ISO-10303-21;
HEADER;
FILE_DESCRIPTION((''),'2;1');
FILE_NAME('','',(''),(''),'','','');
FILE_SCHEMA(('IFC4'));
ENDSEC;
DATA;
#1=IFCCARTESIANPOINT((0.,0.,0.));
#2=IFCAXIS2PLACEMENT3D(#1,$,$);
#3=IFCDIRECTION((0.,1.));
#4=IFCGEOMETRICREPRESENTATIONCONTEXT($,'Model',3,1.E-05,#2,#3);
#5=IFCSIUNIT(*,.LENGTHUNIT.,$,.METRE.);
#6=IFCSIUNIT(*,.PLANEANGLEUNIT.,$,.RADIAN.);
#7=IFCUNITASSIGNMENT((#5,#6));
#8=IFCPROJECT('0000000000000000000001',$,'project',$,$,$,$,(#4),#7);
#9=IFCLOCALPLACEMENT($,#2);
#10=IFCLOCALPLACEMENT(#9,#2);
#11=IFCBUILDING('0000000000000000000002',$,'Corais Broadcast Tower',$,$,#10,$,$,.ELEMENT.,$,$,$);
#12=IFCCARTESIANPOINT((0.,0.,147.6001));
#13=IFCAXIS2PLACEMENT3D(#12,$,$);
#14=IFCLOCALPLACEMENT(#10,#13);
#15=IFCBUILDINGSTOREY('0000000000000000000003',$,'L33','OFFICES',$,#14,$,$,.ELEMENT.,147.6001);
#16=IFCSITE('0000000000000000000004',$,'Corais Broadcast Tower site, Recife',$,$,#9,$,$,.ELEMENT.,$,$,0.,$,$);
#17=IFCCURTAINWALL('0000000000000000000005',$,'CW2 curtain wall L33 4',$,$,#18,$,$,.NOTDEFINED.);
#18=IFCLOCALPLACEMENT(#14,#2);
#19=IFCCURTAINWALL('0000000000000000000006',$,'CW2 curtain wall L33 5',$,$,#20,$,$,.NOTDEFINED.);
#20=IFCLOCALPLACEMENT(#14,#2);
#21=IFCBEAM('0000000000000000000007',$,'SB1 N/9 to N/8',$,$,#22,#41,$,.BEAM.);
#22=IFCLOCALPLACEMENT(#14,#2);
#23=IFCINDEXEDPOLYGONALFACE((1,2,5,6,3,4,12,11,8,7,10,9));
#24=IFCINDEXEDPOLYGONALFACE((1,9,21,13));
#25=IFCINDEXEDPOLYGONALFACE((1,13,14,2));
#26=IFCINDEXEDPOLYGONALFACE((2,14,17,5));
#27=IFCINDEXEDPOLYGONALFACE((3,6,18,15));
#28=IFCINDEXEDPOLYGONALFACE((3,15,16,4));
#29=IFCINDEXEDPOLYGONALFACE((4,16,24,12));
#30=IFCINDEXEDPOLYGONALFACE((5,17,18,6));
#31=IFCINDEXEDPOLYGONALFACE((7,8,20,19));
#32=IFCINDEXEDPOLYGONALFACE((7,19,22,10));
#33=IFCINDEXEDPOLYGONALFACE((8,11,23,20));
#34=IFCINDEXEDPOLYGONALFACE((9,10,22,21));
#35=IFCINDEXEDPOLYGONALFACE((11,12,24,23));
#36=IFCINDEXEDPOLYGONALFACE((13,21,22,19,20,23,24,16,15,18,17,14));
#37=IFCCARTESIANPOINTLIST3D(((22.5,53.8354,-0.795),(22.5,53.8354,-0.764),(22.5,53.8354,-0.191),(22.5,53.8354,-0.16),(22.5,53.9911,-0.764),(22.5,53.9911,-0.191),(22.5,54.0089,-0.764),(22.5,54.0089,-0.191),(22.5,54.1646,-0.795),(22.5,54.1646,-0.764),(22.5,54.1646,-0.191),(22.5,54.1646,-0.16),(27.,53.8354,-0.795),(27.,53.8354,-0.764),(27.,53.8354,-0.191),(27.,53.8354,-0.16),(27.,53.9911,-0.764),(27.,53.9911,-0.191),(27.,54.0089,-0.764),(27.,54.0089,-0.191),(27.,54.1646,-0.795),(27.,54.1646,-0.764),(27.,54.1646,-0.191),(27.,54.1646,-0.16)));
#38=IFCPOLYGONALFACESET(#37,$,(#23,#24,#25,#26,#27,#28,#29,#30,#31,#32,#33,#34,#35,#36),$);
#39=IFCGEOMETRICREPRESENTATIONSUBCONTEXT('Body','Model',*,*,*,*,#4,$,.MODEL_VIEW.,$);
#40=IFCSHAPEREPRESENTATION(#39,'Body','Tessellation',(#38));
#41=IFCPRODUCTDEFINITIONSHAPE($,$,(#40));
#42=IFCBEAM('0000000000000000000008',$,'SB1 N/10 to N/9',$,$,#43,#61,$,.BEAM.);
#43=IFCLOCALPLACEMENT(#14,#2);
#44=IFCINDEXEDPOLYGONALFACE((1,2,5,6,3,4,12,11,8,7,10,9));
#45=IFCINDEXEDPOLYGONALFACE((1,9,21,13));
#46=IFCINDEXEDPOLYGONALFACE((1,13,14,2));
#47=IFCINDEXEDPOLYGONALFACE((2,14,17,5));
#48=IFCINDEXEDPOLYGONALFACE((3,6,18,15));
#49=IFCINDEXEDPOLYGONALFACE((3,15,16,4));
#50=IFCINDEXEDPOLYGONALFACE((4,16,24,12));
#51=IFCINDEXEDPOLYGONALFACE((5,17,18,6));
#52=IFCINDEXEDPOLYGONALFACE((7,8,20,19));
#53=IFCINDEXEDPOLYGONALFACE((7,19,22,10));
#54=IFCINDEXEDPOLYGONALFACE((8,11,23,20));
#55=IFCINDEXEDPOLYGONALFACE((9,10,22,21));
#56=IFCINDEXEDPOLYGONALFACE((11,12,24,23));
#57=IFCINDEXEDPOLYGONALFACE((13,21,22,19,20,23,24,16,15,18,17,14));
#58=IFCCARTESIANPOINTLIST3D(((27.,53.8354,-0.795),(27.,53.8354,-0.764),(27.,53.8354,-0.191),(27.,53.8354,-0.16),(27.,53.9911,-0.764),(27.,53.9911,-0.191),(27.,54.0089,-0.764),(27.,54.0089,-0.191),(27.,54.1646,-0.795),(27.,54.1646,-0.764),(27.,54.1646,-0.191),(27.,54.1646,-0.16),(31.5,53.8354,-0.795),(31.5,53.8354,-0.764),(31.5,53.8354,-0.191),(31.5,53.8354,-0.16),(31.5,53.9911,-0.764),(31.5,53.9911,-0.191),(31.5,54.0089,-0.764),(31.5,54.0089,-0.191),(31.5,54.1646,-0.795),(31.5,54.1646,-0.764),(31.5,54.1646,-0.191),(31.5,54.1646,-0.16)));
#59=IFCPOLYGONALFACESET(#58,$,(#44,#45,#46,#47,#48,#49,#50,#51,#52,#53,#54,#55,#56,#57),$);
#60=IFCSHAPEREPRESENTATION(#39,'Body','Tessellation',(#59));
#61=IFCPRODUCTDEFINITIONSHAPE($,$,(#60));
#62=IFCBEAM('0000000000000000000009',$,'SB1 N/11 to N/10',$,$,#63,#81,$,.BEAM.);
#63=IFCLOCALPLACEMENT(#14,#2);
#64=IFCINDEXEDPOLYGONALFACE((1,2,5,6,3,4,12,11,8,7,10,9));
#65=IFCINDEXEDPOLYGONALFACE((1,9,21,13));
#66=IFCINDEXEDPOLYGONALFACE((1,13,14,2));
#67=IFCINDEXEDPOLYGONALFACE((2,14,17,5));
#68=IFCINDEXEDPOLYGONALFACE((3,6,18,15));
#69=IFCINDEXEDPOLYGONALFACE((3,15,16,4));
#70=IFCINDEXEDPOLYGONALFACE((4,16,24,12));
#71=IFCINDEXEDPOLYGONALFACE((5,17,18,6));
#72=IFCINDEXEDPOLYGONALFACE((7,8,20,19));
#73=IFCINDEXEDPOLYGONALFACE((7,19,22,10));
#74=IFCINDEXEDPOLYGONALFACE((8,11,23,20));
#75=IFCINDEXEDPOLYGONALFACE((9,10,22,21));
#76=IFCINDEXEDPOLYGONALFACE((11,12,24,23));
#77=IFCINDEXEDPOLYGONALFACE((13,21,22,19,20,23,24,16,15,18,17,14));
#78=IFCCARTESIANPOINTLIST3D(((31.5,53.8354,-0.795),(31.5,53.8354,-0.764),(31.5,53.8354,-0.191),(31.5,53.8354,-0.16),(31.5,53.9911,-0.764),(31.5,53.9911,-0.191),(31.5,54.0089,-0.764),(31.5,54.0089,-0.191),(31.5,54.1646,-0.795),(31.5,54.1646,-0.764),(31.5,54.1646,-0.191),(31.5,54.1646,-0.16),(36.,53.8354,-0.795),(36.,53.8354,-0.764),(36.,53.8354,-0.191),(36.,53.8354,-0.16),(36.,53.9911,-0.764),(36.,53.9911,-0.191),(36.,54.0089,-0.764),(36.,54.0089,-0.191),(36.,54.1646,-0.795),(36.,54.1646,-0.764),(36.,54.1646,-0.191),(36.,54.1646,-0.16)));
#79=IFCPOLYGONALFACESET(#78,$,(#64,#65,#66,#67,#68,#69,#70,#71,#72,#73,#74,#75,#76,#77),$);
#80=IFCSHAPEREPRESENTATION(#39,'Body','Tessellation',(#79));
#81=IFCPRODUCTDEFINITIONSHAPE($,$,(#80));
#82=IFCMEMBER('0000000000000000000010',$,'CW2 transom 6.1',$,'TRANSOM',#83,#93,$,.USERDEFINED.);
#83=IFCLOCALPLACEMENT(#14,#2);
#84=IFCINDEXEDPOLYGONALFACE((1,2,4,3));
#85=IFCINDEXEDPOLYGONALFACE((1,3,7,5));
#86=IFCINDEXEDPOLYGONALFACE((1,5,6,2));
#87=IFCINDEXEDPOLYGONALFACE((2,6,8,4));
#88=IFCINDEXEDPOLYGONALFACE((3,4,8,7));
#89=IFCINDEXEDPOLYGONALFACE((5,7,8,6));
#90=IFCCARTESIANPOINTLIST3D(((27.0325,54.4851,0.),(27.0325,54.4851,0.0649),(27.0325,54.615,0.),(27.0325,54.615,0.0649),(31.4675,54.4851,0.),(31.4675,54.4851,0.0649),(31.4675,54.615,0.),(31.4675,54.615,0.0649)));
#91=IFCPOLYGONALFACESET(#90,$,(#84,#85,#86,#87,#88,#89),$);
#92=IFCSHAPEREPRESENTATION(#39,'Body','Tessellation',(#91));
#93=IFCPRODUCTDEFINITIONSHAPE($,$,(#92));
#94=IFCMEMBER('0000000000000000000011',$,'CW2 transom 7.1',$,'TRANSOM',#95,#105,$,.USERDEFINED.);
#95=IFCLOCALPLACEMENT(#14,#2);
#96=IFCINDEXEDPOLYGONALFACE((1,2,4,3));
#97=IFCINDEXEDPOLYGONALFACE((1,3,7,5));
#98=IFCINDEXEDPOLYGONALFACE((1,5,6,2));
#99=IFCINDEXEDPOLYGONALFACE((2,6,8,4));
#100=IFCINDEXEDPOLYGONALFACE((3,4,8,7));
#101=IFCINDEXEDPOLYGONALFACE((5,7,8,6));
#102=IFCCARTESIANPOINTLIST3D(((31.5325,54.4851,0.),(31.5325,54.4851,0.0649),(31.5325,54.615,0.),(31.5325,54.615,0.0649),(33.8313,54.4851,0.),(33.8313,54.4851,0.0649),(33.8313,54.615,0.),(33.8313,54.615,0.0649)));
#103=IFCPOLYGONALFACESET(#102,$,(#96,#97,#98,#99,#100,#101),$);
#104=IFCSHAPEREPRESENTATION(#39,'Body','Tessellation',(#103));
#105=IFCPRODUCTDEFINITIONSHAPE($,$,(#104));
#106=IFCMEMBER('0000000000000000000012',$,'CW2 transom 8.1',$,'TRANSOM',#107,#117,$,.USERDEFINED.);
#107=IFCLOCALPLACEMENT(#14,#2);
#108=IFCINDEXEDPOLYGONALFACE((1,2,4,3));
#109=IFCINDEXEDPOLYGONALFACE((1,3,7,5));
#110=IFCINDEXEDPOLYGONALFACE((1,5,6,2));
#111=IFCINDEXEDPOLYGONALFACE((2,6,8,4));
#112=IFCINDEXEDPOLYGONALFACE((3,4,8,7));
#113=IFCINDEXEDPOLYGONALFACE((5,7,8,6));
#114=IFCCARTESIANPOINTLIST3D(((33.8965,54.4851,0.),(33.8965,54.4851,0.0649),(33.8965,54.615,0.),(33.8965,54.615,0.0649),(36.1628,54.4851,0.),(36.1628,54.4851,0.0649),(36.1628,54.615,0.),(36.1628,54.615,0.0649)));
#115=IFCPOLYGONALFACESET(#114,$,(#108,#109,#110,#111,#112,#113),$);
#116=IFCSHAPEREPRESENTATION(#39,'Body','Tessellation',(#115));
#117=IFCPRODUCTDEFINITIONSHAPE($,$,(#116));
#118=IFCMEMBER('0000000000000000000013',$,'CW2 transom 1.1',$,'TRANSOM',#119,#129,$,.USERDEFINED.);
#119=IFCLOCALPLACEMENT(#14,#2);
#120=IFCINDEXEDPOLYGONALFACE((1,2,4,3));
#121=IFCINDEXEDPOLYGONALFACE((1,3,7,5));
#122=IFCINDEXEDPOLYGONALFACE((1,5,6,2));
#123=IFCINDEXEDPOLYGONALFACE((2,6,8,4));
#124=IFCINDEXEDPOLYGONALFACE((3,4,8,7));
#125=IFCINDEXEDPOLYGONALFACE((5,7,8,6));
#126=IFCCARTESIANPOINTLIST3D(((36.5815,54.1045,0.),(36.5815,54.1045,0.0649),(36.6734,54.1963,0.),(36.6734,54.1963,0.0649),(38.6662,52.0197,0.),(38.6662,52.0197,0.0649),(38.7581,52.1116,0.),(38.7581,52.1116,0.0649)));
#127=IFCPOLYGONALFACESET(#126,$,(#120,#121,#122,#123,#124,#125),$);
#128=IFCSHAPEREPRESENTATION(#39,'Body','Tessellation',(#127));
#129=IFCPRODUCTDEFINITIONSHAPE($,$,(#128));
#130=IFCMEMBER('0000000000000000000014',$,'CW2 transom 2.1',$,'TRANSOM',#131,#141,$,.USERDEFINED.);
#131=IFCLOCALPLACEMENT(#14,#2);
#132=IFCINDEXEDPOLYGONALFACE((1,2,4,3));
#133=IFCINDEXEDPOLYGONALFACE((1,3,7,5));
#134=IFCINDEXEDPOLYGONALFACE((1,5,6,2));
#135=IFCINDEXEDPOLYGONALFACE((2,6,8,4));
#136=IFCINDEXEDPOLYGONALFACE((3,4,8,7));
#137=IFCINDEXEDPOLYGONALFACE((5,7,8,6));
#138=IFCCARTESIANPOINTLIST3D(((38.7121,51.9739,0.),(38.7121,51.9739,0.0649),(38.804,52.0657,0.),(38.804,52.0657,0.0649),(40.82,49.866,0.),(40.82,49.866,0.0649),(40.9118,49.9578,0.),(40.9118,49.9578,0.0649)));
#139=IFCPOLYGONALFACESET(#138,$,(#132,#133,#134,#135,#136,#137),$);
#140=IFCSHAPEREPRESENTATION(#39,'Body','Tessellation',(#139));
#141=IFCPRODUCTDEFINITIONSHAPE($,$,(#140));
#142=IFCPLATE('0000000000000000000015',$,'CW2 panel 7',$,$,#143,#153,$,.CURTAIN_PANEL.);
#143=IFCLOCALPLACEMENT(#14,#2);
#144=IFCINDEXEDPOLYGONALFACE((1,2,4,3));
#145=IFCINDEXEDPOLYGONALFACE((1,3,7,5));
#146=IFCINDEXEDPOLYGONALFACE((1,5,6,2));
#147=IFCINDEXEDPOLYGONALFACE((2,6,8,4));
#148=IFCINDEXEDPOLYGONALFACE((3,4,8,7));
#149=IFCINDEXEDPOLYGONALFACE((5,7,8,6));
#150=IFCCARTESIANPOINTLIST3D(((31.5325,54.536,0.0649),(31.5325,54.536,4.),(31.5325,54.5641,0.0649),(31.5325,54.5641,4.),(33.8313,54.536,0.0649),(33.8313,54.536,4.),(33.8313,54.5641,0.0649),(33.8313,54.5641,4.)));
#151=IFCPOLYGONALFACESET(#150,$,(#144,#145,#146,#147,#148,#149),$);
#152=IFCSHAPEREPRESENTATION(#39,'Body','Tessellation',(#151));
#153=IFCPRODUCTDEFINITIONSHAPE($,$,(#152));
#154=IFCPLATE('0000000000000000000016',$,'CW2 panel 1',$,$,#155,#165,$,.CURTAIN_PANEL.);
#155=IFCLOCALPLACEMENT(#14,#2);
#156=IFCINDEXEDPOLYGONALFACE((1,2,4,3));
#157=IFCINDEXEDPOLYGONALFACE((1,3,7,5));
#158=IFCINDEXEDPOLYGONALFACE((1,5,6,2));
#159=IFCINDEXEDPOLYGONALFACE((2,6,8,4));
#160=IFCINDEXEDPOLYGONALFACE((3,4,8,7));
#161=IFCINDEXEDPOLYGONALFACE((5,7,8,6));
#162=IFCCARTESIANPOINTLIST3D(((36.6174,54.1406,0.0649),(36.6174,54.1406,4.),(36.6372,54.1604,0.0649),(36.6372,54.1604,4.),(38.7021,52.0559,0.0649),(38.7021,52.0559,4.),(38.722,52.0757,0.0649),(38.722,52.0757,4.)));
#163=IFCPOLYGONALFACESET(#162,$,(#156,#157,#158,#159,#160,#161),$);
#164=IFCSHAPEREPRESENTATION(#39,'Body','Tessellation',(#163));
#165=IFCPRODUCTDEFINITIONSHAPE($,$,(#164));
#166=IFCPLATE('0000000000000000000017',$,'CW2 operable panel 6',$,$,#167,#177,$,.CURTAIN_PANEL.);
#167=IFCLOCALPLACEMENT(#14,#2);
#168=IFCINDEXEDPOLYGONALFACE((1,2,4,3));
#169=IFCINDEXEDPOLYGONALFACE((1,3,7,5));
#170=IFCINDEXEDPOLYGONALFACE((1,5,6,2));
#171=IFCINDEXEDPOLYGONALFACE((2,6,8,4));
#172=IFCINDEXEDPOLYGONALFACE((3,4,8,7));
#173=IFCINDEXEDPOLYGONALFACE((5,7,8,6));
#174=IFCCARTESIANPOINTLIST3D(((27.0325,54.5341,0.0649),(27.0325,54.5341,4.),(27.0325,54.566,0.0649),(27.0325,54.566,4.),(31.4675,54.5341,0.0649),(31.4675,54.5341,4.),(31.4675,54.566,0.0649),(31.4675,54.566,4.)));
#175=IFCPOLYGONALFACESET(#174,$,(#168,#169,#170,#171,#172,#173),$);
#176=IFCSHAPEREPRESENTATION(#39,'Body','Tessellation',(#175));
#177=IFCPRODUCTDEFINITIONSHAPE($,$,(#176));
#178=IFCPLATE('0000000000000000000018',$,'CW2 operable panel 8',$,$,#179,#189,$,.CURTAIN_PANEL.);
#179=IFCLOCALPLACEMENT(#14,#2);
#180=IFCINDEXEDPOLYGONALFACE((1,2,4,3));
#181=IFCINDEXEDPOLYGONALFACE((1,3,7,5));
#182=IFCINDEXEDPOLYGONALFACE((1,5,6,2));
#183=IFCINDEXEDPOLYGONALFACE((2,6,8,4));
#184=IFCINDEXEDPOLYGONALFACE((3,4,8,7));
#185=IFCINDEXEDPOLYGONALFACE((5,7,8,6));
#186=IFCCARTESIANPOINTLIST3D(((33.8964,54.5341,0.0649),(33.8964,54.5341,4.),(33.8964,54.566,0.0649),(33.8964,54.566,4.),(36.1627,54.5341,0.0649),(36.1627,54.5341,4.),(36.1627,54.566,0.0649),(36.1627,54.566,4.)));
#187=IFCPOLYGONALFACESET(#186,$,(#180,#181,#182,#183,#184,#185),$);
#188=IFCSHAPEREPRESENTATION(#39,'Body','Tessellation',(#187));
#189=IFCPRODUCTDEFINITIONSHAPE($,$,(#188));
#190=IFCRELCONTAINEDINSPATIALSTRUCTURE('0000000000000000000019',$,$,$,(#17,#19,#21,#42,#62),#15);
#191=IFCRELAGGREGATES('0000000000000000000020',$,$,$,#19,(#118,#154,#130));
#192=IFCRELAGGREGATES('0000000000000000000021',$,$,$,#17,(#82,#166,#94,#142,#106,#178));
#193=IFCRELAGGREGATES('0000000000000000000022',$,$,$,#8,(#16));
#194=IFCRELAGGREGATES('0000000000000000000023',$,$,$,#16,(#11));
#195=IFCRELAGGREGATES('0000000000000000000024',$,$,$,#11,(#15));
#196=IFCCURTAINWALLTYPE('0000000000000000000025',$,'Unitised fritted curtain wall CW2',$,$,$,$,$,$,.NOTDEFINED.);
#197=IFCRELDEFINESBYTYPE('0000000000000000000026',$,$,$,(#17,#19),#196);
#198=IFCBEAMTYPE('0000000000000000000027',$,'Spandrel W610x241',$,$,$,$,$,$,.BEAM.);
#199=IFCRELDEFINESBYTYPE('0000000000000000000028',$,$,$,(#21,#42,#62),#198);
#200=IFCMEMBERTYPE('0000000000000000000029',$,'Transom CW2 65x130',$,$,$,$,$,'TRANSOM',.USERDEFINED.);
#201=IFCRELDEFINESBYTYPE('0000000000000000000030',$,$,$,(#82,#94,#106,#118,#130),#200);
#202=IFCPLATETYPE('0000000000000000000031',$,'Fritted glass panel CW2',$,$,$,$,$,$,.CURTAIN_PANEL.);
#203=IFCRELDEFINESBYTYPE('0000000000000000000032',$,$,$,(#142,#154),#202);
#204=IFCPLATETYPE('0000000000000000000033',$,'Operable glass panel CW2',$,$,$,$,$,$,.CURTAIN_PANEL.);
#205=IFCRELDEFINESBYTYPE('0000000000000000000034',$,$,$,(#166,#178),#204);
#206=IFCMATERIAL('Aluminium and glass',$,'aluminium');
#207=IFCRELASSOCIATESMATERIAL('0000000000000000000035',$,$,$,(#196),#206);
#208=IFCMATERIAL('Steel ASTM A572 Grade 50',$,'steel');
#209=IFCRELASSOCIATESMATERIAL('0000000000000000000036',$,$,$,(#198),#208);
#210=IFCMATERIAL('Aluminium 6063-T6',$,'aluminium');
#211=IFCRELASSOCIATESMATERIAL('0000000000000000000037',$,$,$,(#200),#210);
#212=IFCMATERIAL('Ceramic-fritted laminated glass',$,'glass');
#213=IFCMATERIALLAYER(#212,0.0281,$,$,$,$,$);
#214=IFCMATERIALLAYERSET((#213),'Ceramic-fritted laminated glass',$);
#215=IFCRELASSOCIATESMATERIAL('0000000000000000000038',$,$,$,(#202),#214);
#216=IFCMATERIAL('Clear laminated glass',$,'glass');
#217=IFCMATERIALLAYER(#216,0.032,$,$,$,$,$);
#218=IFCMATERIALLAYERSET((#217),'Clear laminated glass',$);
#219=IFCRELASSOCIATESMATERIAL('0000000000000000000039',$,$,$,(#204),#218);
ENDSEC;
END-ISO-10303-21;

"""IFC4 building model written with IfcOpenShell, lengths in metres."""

from ifc_helpers import new_model, si_unit, direction, frame, origin, origin_2d, place, context, subcontext, project, spatial, rectangle, i_section, extrude, material, layer, layer_set, material_profile, profile_set, type_object, element, aggregate, save


model = new_model("IFC4")

# Units and contexts
model_context = context("Model", 3, precision=1e-05, world=origin(), true_north=direction((0.0, 1.0)))
body_context = subcontext(model_context, "Body", "Model", "MODEL_VIEW")
ifc_project = project(units=[si_unit("LENGTHUNIT", "METRE"), si_unit("PLANEANGLEUNIT", "RADIAN")], contexts=[model_context])

# Site, building, storey
site_placement = place(None, origin())
site = spatial("IfcSite", under=ifc_project, at=site_placement, Name="Corais Broadcast Tower site, Recife", CompositionType="ELEMENT", RefElevation=0.0)
building_placement = place(site_placement, origin())
building = spatial("IfcBuilding", under=site, at=building_placement, Name="Corais Broadcast Tower", CompositionType="ELEMENT")
storey_placement = place(building_placement, frame((0.0, 0.0, 147.6001)))
storey = spatial("IfcBuildingStorey", under=building, at=storey_placement, Name="L33", Description="OFFICES", CompositionType="ELEMENT", Elevation=147.6001)

# Curtain walls
ifc_material_1 = material(Name="Aluminium and glass", Category="aluminium")
curtain_wall_type = type_object("IfcCurtainWallType", Name="Unitised fritted curtain wall CW2", PredefinedType="NOTDEFINED", material=ifc_material_1)
curtain_wall_1_placement = place(storey_placement, origin())
curtain_wall_1 = element("IfcCurtainWall", 1, at=curtain_wall_1_placement, inside=storey, type_object=curtain_wall_type, Name="CW2 curtain wall L33 4", PredefinedType="NOTDEFINED")
curtain_wall_2_placement = place(storey_placement, origin())
curtain_wall_2 = element("IfcCurtainWall", 2, at=curtain_wall_2_placement, inside=storey, type_object=curtain_wall_type, Name="CW2 curtain wall L33 5", PredefinedType="NOTDEFINED")

# Beams
ifc_material_2 = material(Name="Steel ASTM A572 Grade 50", Category="steel")
ifc_material_profile_1 = material_profile(ifc_material_2, i_section(OverallWidth=0.3291, OverallDepth=0.635, WebThickness=0.0178, FlangeThickness=0.031, at=origin_2d()), Name="W610x241")
ifc_profile_set_1 = profile_set([ifc_material_profile_1], Name="Steel ASTM A572 Grade 50")
beam_type_1 = type_object("IfcBeamType", Name="Spandrel W610x241", PredefinedType="BEAM", material=ifc_profile_set_1)
for number, where, z_axis, x_axis, name in (
    (3, (27.0, 54.0, -0.4775), (-1.0, 0.0, 0.0), (0.0, -1.0, 0.0), "SB1 N/9 to N/8"),
    (4, (31.5, 54.0, -0.4775), (-1.0, 0.0, 0.0), (0.0, -1.0, 0.0), "SB1 N/10 to N/9"),
    (5, (36.0, 54.0, -0.4775), (-1.0, 0.0, 0.0), (0.0, -1.0, 0.0), "SB1 N/11 to N/10"),
):
    element("IfcBeam", number, at=place(storey_placement, frame(where, z_axis=z_axis, x_axis=x_axis)), inside=storey, type_object=beam_type_1, Name=name, PredefinedType="BEAM", context=body_context, shape_type="SweptSolid", body=[
        extrude(i_section(OverallWidth=0.3291, OverallDepth=0.635, WebThickness=0.0178, FlangeThickness=0.031, at=origin_2d()), origin(), (0.0, 0.0, 1.0), 4.5),
    ])

# Members
ifc_material_3 = material(Name="Aluminium 6063-T6", Category="aluminium")
ifc_material_profile_2 = material_profile(ifc_material_3, rectangle(XDim=0.1299, YDim=0.0649, at=origin_2d()), Name="Transom CW2 65x130")
ifc_profile_set_2 = profile_set([ifc_material_profile_2], Name="Aluminium 6063-T6")
member_type_1 = type_object("IfcMemberType", Name="Transom CW2 65x130", ElementType="TRANSOM", PredefinedType="USERDEFINED", material=ifc_profile_set_2)
member_1_placement = place(storey_placement, frame((27.0325, 54.55, 0.0325), z_axis=(1.0, 0.0, 0.0), x_axis=(0.0, 1.0, 0.0)))
member_1 = element("IfcMember", 6, at=member_1_placement, type_object=member_type_1, Name="CW2 transom 6.1", ObjectType="TRANSOM", PredefinedType="USERDEFINED", context=body_context, shape_type="SweptSolid", body=[
    extrude(rectangle(XDim=0.1299, YDim=0.0649, at=origin_2d()), origin(), (0.0, 0.0, 1.0), 4.4351),
])
member_2_placement = place(storey_placement, frame((31.5325, 54.55, 0.0325), z_axis=(1.0, 0.0, 0.0), x_axis=(0.0, 1.0, 0.0)))
member_2 = element("IfcMember", 7, at=member_2_placement, type_object=member_type_1, Name="CW2 transom 7.1", ObjectType="TRANSOM", PredefinedType="USERDEFINED", context=body_context, shape_type="SweptSolid", body=[
    extrude(rectangle(XDim=0.1299, YDim=0.0649, at=origin_2d()), origin(), (0.0, 0.0, 1.0), 2.2988),
])
member_3_placement = place(storey_placement, frame((33.8965, 54.55, 0.0325), z_axis=(1.0, 0.0, 0.0), x_axis=(0.0, 1.0, 0.0)))
member_3 = element("IfcMember", 8, at=member_3_placement, type_object=member_type_1, Name="CW2 transom 8.1", ObjectType="TRANSOM", PredefinedType="USERDEFINED", context=body_context, shape_type="SweptSolid", body=[
    extrude(rectangle(XDim=0.1299, YDim=0.0649, at=origin_2d()), origin(), (0.0, 0.0, 1.0), 2.2664),
])
member_4_placement = place(storey_placement, frame((36.6274, 54.1504, 0.0325), z_axis=(0.707107, -0.707107, 0.0), x_axis=(0.707107, 0.707107, 0.0)))
member_4 = element("IfcMember", 9, at=member_4_placement, type_object=member_type_1, Name="CW2 transom 1.1", ObjectType="TRANSOM", PredefinedType="USERDEFINED", context=body_context, shape_type="SweptSolid", body=[
    extrude(rectangle(XDim=0.1299, YDim=0.0649, at=origin_2d()), origin(), (0.0, 0.0, 1.0), 2.9482),
])
member_5_placement = place(storey_placement, frame((38.7581, 52.0198, 0.0325), z_axis=(0.707107, -0.707107, 0.0), x_axis=(0.707107, 0.707107, 0.0)))
member_5 = element("IfcMember", 10, at=member_5_placement, type_object=member_type_1, Name="CW2 transom 2.1", ObjectType="TRANSOM", PredefinedType="USERDEFINED", context=body_context, shape_type="SweptSolid", body=[
    extrude(rectangle(XDim=0.1299, YDim=0.0649, at=origin_2d()), origin(), (0.0, 0.0, 1.0), 2.981),
])

# Plates
ifc_material_4 = material(Name="Ceramic-fritted laminated glass", Category="glass")
ifc_layer_1 = layer(ifc_material_4, 0.0281)
ifc_layer_set_1 = layer_set([ifc_layer_1], Name="Ceramic-fritted laminated glass")
plate_type_1 = type_object("IfcPlateType", Name="Fritted glass panel CW2", PredefinedType="CURTAIN_PANEL", material=ifc_layer_set_1)
plate_1_placement = place(storey_placement, frame((32.6819, 54.55, 0.0649), z_axis=(0.0, 0.0, 1.0), x_axis=(1.0, 0.0, 0.0)))
plate_1 = element("IfcPlate", 11, at=plate_1_placement, type_object=plate_type_1, Name="CW2 panel 7", PredefinedType="CURTAIN_PANEL", context=body_context, shape_type="SweptSolid", body=[
    extrude(rectangle(XDim=2.2988, YDim=0.0281, at=origin_2d()), origin(), (0.0, 0.0, 1.0), 3.9351),
])
plate_2_placement = place(storey_placement, frame((37.6697, 53.1082, 0.0649), z_axis=(0.0, 0.0, 1.0), x_axis=(0.707107, -0.707107, 0.0)))
plate_2 = element("IfcPlate", 12, at=plate_2_placement, type_object=plate_type_1, Name="CW2 panel 1", PredefinedType="CURTAIN_PANEL", context=body_context, shape_type="SweptSolid", body=[
    extrude(rectangle(XDim=2.9482, YDim=0.0281, at=origin_2d()), origin(), (0.0, 0.0, 1.0), 3.9351),
])
aggregate(curtain_wall_2, [member_4, plate_2, member_5])
ifc_material_5 = material(Name="Clear laminated glass", Category="glass")
ifc_layer_2 = layer(ifc_material_5, 0.032)
ifc_layer_set_2 = layer_set([ifc_layer_2], Name="Clear laminated glass")
plate_type_2 = type_object("IfcPlateType", Name="Operable glass panel CW2", PredefinedType="CURTAIN_PANEL", material=ifc_layer_set_2)
plate_3_placement = place(storey_placement, frame((29.25, 54.55, 0.0649), z_axis=(0.0, 0.0, 1.0), x_axis=(1.0, 0.0, 0.0)))
plate_3 = element("IfcPlate", 13, at=plate_3_placement, type_object=plate_type_2, Name="CW2 operable panel 6", PredefinedType="CURTAIN_PANEL", context=body_context, shape_type="SweptSolid", body=[
    extrude(rectangle(XDim=4.4351, YDim=0.032, at=origin_2d()), origin(), (0.0, 0.0, 1.0), 3.9351),
])
plate_4_placement = place(storey_placement, frame((35.0295, 54.55, 0.0649), z_axis=(0.0, 0.0, 1.0), x_axis=(1.0, 0.0, 0.0)))
plate_4 = element("IfcPlate", 14, at=plate_4_placement, type_object=plate_type_2, Name="CW2 operable panel 8", PredefinedType="CURTAIN_PANEL", context=body_context, shape_type="SweptSolid", body=[
    extrude(rectangle(XDim=2.2664, YDim=0.032, at=origin_2d()), origin(), (0.0, 0.0, 1.0), 3.9351),
])
aggregate(curtain_wall_1, [member_1, plate_3, member_2, plate_1, member_3, plate_4])

save(model, "model.ifc")
